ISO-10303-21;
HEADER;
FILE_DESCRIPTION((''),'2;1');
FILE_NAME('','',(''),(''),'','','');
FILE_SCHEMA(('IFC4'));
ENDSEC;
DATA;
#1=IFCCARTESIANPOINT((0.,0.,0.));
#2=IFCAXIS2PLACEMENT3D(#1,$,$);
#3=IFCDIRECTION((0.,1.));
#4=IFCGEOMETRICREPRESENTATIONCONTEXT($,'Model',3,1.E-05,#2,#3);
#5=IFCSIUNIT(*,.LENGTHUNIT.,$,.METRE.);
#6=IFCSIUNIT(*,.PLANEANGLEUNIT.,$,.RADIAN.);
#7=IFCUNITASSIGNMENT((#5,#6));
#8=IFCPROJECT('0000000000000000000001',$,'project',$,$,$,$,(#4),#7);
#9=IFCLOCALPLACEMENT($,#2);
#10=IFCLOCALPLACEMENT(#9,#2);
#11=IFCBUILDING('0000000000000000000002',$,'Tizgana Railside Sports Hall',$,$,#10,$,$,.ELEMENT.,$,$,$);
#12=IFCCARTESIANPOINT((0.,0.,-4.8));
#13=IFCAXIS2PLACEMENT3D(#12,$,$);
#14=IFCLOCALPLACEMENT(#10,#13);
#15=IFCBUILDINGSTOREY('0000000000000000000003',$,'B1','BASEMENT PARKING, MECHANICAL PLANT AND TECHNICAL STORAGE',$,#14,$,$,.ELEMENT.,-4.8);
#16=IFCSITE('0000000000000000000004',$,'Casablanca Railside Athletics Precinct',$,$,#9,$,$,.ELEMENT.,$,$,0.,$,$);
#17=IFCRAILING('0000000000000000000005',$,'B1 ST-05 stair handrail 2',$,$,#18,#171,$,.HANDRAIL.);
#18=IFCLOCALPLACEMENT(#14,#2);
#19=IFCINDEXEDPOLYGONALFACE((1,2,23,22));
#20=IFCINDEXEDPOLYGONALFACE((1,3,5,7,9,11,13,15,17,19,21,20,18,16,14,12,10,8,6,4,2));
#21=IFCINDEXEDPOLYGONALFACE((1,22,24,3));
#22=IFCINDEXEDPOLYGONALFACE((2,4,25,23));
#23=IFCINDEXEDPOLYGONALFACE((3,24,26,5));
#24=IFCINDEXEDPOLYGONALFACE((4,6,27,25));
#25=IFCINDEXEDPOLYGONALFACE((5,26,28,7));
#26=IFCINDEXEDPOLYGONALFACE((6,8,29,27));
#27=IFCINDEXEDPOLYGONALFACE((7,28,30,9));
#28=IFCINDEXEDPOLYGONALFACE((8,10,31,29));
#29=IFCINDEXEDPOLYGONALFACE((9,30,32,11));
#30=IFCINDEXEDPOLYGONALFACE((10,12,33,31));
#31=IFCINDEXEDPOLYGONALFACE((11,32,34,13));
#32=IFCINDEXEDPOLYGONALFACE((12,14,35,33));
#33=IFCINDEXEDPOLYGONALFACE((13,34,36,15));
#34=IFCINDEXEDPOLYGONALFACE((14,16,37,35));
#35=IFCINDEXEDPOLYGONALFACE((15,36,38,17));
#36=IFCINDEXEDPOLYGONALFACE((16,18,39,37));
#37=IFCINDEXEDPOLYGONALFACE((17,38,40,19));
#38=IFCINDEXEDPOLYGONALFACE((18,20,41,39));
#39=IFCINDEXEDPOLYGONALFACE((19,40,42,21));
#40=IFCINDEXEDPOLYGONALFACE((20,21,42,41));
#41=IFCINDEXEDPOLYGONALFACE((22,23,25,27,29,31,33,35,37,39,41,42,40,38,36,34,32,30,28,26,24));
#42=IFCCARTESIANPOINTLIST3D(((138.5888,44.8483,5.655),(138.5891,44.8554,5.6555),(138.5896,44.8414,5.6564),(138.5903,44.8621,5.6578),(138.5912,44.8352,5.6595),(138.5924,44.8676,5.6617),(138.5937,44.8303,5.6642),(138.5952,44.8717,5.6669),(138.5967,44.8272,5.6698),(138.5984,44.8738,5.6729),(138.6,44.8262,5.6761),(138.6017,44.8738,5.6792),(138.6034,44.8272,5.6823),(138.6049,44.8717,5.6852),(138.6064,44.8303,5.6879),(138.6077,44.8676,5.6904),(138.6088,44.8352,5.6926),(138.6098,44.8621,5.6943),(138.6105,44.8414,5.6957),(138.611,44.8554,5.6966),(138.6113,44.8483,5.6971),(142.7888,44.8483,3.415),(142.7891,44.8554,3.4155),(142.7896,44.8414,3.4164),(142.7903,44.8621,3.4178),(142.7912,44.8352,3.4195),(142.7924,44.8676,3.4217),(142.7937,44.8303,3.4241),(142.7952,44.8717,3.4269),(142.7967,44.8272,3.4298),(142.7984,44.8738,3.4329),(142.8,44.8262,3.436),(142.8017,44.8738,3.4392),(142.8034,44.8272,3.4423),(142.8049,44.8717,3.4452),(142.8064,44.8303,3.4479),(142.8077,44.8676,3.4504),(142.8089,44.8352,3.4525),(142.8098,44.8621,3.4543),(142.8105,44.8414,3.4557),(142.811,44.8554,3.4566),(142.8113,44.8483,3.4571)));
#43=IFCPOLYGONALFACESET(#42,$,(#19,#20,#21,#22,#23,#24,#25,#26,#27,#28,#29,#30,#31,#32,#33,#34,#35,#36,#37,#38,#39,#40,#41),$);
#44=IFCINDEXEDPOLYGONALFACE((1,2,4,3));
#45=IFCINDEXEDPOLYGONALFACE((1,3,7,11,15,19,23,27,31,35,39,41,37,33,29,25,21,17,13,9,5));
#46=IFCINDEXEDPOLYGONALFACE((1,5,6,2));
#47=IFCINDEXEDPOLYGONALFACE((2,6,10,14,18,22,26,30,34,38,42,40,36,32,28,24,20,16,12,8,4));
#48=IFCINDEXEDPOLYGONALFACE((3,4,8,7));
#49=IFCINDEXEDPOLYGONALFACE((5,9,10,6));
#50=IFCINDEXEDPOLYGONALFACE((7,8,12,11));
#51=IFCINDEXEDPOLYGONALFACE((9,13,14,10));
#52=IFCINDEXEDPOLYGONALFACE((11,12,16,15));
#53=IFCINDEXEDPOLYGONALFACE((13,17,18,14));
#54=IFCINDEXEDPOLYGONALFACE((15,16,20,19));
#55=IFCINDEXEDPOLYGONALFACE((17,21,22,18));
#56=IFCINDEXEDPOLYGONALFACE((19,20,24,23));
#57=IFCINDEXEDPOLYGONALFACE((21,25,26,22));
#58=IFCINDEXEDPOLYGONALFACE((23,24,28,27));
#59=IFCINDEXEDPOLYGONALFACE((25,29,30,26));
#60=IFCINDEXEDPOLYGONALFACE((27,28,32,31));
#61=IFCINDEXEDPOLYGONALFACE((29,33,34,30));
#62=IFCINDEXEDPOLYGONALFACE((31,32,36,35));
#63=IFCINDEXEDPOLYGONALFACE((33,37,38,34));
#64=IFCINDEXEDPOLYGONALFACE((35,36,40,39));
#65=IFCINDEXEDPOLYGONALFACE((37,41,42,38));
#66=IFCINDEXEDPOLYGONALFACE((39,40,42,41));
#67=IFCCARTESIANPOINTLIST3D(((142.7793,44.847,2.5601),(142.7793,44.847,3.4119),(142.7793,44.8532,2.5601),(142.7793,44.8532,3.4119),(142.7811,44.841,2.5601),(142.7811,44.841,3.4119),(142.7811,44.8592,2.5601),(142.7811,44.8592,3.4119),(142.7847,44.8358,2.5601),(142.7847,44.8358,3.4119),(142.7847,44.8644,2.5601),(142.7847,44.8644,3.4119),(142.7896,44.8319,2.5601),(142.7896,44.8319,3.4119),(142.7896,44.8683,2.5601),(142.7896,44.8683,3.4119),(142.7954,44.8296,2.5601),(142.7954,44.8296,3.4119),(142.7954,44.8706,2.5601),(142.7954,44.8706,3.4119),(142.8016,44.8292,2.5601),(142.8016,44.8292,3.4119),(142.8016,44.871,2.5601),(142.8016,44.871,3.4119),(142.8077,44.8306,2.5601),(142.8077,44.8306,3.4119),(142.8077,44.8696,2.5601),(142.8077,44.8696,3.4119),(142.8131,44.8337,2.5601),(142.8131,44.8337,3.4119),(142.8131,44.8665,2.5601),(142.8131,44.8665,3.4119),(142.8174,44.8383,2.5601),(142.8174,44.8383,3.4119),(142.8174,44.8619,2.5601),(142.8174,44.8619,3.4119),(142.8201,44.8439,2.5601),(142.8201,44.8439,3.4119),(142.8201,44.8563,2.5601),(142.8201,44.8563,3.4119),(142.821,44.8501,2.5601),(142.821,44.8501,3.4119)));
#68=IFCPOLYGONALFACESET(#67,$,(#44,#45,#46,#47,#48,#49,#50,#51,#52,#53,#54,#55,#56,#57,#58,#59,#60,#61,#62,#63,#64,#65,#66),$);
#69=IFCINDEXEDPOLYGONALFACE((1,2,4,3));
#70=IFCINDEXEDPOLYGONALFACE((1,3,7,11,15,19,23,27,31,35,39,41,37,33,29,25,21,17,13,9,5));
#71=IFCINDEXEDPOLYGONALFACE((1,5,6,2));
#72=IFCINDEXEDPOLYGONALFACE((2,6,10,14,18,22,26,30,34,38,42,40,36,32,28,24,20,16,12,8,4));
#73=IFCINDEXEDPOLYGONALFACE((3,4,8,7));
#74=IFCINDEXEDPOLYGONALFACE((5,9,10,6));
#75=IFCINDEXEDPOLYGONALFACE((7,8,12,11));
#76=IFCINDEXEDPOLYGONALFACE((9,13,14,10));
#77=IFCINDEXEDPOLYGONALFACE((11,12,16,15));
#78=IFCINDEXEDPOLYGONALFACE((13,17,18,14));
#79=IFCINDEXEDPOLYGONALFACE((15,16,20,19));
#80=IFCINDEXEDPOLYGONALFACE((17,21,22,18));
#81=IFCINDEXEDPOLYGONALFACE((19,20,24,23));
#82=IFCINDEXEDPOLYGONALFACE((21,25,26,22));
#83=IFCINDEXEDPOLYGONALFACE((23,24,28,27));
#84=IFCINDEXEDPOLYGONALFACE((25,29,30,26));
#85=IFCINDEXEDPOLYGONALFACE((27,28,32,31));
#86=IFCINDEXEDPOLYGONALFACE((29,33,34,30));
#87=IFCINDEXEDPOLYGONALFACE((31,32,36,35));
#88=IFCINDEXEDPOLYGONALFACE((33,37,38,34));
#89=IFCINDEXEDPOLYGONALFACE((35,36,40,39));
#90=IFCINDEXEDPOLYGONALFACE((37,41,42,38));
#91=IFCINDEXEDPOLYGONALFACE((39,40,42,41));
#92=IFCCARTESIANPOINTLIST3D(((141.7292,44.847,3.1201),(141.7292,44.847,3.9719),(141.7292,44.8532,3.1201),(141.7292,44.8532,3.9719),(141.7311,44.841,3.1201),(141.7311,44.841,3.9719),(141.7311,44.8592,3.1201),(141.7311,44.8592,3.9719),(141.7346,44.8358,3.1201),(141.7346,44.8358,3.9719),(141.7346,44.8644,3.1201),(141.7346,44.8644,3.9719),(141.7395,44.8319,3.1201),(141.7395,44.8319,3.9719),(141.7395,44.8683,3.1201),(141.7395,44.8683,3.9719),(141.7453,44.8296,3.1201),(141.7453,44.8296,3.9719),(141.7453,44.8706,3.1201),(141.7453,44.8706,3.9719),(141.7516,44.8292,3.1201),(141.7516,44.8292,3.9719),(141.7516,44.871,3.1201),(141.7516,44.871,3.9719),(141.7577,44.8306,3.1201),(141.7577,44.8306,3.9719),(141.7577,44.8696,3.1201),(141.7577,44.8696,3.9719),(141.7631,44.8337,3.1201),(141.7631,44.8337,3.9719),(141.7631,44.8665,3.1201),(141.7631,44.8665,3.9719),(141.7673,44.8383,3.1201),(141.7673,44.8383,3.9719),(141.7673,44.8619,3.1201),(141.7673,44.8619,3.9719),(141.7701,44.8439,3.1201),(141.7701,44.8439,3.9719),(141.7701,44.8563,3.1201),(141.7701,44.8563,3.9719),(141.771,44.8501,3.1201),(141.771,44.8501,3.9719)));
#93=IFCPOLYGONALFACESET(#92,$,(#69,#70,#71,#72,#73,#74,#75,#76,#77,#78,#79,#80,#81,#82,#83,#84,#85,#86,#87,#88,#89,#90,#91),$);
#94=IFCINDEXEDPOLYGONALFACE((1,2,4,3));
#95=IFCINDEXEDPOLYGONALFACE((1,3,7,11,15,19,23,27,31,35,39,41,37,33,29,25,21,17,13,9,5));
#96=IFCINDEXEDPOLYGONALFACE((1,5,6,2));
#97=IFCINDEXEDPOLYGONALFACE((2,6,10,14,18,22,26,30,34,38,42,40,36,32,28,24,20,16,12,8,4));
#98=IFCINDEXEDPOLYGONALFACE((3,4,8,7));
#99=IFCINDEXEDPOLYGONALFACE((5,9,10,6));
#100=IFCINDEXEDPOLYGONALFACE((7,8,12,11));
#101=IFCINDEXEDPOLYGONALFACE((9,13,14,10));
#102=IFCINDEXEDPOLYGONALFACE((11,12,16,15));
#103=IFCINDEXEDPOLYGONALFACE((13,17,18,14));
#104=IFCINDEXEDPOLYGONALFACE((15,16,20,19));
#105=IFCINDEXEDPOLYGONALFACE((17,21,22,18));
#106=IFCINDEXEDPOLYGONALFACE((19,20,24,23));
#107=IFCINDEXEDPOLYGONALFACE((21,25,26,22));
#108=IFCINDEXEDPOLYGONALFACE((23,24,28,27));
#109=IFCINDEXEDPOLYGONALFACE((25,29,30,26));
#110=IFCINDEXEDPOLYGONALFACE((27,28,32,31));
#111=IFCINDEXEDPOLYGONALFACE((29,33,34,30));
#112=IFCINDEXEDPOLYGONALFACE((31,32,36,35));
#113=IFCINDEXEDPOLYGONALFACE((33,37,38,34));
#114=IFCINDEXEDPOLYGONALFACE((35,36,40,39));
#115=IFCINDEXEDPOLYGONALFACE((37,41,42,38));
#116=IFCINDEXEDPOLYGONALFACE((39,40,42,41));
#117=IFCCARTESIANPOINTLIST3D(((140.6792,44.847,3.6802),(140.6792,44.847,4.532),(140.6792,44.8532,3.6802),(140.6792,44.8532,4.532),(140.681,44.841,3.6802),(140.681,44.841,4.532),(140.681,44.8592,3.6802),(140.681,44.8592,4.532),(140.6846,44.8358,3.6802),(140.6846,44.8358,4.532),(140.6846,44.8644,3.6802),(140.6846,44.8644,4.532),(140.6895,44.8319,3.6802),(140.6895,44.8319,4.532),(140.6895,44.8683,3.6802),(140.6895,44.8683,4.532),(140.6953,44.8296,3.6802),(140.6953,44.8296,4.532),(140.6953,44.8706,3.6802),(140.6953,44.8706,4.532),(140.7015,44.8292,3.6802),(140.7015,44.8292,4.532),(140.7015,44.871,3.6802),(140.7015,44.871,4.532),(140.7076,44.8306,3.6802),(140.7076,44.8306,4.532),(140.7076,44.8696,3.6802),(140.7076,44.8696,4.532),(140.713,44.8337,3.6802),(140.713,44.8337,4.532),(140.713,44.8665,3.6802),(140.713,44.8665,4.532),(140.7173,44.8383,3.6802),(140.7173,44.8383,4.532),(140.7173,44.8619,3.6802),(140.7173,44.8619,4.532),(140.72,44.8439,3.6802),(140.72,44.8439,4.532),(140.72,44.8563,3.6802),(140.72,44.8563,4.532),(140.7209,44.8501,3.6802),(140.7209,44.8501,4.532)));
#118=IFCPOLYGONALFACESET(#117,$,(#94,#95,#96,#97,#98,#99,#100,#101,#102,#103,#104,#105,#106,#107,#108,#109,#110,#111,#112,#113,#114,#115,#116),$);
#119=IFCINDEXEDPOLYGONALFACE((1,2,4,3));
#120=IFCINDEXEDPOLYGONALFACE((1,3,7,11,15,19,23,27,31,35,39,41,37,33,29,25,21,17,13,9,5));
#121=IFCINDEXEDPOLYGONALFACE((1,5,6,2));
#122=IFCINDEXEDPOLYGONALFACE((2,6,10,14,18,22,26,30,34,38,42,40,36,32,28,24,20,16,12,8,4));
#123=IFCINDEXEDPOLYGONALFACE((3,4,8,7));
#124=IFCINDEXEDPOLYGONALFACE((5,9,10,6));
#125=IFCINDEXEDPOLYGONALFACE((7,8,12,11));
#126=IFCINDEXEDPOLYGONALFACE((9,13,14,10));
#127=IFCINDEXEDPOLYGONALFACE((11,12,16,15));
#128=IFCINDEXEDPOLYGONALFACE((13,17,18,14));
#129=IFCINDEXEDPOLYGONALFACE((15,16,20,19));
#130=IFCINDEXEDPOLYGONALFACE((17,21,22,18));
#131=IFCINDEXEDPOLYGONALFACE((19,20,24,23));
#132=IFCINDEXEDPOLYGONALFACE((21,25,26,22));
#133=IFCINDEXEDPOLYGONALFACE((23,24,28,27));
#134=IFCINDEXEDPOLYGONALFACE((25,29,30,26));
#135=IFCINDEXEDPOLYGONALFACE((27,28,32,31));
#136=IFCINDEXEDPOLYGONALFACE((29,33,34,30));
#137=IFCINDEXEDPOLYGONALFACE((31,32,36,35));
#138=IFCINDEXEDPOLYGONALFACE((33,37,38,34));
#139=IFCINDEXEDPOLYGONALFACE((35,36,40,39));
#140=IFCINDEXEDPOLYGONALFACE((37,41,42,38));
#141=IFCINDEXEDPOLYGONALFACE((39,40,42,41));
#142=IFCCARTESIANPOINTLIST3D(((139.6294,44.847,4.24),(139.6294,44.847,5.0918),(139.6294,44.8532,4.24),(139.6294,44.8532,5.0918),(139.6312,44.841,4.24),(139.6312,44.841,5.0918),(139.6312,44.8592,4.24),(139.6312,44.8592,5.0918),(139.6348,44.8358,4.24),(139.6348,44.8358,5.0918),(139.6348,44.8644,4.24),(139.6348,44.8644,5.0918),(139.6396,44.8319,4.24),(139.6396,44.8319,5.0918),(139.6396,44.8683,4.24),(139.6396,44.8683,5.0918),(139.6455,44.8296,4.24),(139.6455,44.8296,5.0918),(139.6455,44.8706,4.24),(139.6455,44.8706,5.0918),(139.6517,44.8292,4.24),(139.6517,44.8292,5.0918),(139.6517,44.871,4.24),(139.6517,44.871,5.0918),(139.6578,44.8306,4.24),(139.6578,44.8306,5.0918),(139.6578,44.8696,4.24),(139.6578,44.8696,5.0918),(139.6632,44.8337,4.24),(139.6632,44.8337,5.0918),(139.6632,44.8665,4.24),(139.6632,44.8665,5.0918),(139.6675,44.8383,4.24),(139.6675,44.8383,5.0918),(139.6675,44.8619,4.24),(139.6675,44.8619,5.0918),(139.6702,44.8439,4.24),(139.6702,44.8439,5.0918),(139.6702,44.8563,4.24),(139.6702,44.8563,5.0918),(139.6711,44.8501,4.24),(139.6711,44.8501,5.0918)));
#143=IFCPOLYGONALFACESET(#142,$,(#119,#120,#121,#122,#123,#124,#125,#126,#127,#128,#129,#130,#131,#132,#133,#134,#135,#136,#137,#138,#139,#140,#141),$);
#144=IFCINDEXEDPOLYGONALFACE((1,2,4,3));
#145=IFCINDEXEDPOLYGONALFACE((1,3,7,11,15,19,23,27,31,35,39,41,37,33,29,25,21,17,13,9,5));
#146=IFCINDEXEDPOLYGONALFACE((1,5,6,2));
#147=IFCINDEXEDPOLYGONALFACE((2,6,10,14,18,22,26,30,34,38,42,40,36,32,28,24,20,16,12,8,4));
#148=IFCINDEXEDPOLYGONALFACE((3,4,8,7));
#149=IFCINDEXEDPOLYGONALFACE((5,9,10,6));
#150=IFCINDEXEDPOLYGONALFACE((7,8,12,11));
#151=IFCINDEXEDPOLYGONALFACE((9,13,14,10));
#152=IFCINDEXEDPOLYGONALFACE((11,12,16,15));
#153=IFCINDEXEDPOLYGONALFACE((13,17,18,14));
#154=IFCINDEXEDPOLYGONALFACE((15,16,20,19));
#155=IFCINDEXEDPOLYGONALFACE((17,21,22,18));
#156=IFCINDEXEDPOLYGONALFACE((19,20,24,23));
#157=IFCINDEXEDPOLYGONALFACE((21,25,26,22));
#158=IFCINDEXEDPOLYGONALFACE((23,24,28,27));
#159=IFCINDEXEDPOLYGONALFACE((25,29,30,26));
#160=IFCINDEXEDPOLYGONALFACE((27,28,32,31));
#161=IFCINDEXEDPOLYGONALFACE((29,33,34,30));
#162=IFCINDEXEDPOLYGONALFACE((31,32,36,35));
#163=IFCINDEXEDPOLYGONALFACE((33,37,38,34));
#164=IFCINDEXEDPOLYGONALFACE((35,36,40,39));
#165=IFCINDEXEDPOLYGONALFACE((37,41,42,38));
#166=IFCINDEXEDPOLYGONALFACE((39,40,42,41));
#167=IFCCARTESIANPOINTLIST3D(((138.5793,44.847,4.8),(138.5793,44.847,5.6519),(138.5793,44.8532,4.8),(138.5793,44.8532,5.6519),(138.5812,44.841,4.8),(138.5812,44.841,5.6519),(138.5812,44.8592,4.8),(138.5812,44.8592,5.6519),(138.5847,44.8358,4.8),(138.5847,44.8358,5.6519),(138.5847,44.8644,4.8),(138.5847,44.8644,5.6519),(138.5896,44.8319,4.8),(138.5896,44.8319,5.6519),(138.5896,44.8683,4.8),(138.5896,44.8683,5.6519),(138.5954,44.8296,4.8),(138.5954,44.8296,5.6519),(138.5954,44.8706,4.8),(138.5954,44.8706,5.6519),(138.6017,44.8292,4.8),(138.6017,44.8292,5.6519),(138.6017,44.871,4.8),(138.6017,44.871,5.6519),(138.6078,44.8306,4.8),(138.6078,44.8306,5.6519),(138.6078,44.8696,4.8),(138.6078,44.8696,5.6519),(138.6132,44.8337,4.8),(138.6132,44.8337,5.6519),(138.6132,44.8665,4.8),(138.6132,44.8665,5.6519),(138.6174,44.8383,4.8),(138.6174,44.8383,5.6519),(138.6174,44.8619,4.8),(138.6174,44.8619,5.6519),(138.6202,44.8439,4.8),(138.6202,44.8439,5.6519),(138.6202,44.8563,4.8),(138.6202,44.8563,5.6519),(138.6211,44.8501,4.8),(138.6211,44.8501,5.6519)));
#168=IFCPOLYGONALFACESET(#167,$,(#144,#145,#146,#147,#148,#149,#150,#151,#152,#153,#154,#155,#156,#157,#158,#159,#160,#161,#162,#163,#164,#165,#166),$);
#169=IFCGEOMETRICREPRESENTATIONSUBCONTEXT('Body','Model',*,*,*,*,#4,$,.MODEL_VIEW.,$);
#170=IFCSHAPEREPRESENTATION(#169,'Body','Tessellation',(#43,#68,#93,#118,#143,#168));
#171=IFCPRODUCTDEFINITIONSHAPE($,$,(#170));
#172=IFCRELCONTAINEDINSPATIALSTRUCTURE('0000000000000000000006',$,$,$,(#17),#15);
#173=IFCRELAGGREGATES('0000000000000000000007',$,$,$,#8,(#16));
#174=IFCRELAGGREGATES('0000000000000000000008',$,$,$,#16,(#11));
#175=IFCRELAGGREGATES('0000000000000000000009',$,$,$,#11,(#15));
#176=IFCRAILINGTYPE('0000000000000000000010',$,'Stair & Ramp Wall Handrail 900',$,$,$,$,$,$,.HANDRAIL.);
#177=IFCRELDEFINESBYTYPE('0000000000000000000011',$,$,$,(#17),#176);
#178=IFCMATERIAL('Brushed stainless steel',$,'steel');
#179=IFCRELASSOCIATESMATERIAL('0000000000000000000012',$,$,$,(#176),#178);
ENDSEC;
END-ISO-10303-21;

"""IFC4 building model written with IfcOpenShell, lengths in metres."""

from ifc_helpers import new_model, si_unit, direction, frame, origin, origin_2d, place, context, subcontext, project, spatial, circle, extrude, material, type_object, element, save


model = new_model("IFC4")

# Units and contexts
model_context = context("Model", 3, precision=1e-05, world=origin(), true_north=direction((0.0, 1.0)))
body_context = subcontext(model_context, "Body", "Model", "MODEL_VIEW")
ifc_project = project(units=[si_unit("LENGTHUNIT", "METRE"), si_unit("PLANEANGLEUNIT", "RADIAN")], contexts=[model_context])

# Site, building, storey
site_placement = place(None, origin())
site = spatial("IfcSite", under=ifc_project, at=site_placement, Name="Casablanca Railside Athletics Precinct", CompositionType="ELEMENT", RefElevation=0.0)
building_placement = place(site_placement, origin())
building = spatial("IfcBuilding", under=site, at=building_placement, Name="Tizgana Railside Sports Hall", CompositionType="ELEMENT")
storey_placement = place(building_placement, frame((0.0, 0.0, -4.8)))
storey = spatial("IfcBuildingStorey", under=building, at=storey_placement, Name="B1", Description="BASEMENT PARKING, MECHANICAL PLANT AND TECHNICAL STORAGE", CompositionType="ELEMENT", Elevation=-4.8)

# Railing
ifc_material_1 = material(Name="Brushed stainless steel", Category="steel")
railing_type_1 = type_object("IfcRailingType", Name="Stair & Ramp Wall Handrail 900", PredefinedType="HANDRAIL", material=ifc_material_1)
railing_1_placement = place(storey_placement, frame((142.8, 44.8501, 2.5601)))
element("IfcRailing", 1, at=railing_1_placement, inside=storey, type_object=railing_type_1, Name="B1 ST-05 stair handrail 2", PredefinedType="HANDRAIL", context=body_context, shape_type="SweptSolid", body=[
    extrude(circle(Radius=0.0239, at=origin_2d()), frame((0.0, 0.0, 0.876), z_axis=(-0.882352, 0.0, 0.470591), x_axis=(0.0, -1.0, 0.0)), (0.0, 0.0, 1.0), 4.76),
    extrude(circle(Radius=0.021, at=origin_2d()), origin(), (0.0, 0.0, 1.0), 0.8518),
    extrude(circle(Radius=0.021, at=origin_2d()), frame((-1.05, 0.0, 0.5601)), (0.0, 0.0, 1.0), 0.8518),
    extrude(circle(Radius=0.021, at=origin_2d()), frame((-2.1001, 0.0, 1.1201)), (0.0, 0.0, 1.0), 0.8518),
    extrude(circle(Radius=0.021, at=origin_2d()), frame((-3.1499, 0.0, 1.6799)), (0.0, 0.0, 1.0), 0.8518),
    extrude(circle(Radius=0.021, at=origin_2d()), frame((-4.2, 0.0, 2.24)), (0.0, 0.0, 1.0), 0.8518),
])

save(model, "model.ifc")
